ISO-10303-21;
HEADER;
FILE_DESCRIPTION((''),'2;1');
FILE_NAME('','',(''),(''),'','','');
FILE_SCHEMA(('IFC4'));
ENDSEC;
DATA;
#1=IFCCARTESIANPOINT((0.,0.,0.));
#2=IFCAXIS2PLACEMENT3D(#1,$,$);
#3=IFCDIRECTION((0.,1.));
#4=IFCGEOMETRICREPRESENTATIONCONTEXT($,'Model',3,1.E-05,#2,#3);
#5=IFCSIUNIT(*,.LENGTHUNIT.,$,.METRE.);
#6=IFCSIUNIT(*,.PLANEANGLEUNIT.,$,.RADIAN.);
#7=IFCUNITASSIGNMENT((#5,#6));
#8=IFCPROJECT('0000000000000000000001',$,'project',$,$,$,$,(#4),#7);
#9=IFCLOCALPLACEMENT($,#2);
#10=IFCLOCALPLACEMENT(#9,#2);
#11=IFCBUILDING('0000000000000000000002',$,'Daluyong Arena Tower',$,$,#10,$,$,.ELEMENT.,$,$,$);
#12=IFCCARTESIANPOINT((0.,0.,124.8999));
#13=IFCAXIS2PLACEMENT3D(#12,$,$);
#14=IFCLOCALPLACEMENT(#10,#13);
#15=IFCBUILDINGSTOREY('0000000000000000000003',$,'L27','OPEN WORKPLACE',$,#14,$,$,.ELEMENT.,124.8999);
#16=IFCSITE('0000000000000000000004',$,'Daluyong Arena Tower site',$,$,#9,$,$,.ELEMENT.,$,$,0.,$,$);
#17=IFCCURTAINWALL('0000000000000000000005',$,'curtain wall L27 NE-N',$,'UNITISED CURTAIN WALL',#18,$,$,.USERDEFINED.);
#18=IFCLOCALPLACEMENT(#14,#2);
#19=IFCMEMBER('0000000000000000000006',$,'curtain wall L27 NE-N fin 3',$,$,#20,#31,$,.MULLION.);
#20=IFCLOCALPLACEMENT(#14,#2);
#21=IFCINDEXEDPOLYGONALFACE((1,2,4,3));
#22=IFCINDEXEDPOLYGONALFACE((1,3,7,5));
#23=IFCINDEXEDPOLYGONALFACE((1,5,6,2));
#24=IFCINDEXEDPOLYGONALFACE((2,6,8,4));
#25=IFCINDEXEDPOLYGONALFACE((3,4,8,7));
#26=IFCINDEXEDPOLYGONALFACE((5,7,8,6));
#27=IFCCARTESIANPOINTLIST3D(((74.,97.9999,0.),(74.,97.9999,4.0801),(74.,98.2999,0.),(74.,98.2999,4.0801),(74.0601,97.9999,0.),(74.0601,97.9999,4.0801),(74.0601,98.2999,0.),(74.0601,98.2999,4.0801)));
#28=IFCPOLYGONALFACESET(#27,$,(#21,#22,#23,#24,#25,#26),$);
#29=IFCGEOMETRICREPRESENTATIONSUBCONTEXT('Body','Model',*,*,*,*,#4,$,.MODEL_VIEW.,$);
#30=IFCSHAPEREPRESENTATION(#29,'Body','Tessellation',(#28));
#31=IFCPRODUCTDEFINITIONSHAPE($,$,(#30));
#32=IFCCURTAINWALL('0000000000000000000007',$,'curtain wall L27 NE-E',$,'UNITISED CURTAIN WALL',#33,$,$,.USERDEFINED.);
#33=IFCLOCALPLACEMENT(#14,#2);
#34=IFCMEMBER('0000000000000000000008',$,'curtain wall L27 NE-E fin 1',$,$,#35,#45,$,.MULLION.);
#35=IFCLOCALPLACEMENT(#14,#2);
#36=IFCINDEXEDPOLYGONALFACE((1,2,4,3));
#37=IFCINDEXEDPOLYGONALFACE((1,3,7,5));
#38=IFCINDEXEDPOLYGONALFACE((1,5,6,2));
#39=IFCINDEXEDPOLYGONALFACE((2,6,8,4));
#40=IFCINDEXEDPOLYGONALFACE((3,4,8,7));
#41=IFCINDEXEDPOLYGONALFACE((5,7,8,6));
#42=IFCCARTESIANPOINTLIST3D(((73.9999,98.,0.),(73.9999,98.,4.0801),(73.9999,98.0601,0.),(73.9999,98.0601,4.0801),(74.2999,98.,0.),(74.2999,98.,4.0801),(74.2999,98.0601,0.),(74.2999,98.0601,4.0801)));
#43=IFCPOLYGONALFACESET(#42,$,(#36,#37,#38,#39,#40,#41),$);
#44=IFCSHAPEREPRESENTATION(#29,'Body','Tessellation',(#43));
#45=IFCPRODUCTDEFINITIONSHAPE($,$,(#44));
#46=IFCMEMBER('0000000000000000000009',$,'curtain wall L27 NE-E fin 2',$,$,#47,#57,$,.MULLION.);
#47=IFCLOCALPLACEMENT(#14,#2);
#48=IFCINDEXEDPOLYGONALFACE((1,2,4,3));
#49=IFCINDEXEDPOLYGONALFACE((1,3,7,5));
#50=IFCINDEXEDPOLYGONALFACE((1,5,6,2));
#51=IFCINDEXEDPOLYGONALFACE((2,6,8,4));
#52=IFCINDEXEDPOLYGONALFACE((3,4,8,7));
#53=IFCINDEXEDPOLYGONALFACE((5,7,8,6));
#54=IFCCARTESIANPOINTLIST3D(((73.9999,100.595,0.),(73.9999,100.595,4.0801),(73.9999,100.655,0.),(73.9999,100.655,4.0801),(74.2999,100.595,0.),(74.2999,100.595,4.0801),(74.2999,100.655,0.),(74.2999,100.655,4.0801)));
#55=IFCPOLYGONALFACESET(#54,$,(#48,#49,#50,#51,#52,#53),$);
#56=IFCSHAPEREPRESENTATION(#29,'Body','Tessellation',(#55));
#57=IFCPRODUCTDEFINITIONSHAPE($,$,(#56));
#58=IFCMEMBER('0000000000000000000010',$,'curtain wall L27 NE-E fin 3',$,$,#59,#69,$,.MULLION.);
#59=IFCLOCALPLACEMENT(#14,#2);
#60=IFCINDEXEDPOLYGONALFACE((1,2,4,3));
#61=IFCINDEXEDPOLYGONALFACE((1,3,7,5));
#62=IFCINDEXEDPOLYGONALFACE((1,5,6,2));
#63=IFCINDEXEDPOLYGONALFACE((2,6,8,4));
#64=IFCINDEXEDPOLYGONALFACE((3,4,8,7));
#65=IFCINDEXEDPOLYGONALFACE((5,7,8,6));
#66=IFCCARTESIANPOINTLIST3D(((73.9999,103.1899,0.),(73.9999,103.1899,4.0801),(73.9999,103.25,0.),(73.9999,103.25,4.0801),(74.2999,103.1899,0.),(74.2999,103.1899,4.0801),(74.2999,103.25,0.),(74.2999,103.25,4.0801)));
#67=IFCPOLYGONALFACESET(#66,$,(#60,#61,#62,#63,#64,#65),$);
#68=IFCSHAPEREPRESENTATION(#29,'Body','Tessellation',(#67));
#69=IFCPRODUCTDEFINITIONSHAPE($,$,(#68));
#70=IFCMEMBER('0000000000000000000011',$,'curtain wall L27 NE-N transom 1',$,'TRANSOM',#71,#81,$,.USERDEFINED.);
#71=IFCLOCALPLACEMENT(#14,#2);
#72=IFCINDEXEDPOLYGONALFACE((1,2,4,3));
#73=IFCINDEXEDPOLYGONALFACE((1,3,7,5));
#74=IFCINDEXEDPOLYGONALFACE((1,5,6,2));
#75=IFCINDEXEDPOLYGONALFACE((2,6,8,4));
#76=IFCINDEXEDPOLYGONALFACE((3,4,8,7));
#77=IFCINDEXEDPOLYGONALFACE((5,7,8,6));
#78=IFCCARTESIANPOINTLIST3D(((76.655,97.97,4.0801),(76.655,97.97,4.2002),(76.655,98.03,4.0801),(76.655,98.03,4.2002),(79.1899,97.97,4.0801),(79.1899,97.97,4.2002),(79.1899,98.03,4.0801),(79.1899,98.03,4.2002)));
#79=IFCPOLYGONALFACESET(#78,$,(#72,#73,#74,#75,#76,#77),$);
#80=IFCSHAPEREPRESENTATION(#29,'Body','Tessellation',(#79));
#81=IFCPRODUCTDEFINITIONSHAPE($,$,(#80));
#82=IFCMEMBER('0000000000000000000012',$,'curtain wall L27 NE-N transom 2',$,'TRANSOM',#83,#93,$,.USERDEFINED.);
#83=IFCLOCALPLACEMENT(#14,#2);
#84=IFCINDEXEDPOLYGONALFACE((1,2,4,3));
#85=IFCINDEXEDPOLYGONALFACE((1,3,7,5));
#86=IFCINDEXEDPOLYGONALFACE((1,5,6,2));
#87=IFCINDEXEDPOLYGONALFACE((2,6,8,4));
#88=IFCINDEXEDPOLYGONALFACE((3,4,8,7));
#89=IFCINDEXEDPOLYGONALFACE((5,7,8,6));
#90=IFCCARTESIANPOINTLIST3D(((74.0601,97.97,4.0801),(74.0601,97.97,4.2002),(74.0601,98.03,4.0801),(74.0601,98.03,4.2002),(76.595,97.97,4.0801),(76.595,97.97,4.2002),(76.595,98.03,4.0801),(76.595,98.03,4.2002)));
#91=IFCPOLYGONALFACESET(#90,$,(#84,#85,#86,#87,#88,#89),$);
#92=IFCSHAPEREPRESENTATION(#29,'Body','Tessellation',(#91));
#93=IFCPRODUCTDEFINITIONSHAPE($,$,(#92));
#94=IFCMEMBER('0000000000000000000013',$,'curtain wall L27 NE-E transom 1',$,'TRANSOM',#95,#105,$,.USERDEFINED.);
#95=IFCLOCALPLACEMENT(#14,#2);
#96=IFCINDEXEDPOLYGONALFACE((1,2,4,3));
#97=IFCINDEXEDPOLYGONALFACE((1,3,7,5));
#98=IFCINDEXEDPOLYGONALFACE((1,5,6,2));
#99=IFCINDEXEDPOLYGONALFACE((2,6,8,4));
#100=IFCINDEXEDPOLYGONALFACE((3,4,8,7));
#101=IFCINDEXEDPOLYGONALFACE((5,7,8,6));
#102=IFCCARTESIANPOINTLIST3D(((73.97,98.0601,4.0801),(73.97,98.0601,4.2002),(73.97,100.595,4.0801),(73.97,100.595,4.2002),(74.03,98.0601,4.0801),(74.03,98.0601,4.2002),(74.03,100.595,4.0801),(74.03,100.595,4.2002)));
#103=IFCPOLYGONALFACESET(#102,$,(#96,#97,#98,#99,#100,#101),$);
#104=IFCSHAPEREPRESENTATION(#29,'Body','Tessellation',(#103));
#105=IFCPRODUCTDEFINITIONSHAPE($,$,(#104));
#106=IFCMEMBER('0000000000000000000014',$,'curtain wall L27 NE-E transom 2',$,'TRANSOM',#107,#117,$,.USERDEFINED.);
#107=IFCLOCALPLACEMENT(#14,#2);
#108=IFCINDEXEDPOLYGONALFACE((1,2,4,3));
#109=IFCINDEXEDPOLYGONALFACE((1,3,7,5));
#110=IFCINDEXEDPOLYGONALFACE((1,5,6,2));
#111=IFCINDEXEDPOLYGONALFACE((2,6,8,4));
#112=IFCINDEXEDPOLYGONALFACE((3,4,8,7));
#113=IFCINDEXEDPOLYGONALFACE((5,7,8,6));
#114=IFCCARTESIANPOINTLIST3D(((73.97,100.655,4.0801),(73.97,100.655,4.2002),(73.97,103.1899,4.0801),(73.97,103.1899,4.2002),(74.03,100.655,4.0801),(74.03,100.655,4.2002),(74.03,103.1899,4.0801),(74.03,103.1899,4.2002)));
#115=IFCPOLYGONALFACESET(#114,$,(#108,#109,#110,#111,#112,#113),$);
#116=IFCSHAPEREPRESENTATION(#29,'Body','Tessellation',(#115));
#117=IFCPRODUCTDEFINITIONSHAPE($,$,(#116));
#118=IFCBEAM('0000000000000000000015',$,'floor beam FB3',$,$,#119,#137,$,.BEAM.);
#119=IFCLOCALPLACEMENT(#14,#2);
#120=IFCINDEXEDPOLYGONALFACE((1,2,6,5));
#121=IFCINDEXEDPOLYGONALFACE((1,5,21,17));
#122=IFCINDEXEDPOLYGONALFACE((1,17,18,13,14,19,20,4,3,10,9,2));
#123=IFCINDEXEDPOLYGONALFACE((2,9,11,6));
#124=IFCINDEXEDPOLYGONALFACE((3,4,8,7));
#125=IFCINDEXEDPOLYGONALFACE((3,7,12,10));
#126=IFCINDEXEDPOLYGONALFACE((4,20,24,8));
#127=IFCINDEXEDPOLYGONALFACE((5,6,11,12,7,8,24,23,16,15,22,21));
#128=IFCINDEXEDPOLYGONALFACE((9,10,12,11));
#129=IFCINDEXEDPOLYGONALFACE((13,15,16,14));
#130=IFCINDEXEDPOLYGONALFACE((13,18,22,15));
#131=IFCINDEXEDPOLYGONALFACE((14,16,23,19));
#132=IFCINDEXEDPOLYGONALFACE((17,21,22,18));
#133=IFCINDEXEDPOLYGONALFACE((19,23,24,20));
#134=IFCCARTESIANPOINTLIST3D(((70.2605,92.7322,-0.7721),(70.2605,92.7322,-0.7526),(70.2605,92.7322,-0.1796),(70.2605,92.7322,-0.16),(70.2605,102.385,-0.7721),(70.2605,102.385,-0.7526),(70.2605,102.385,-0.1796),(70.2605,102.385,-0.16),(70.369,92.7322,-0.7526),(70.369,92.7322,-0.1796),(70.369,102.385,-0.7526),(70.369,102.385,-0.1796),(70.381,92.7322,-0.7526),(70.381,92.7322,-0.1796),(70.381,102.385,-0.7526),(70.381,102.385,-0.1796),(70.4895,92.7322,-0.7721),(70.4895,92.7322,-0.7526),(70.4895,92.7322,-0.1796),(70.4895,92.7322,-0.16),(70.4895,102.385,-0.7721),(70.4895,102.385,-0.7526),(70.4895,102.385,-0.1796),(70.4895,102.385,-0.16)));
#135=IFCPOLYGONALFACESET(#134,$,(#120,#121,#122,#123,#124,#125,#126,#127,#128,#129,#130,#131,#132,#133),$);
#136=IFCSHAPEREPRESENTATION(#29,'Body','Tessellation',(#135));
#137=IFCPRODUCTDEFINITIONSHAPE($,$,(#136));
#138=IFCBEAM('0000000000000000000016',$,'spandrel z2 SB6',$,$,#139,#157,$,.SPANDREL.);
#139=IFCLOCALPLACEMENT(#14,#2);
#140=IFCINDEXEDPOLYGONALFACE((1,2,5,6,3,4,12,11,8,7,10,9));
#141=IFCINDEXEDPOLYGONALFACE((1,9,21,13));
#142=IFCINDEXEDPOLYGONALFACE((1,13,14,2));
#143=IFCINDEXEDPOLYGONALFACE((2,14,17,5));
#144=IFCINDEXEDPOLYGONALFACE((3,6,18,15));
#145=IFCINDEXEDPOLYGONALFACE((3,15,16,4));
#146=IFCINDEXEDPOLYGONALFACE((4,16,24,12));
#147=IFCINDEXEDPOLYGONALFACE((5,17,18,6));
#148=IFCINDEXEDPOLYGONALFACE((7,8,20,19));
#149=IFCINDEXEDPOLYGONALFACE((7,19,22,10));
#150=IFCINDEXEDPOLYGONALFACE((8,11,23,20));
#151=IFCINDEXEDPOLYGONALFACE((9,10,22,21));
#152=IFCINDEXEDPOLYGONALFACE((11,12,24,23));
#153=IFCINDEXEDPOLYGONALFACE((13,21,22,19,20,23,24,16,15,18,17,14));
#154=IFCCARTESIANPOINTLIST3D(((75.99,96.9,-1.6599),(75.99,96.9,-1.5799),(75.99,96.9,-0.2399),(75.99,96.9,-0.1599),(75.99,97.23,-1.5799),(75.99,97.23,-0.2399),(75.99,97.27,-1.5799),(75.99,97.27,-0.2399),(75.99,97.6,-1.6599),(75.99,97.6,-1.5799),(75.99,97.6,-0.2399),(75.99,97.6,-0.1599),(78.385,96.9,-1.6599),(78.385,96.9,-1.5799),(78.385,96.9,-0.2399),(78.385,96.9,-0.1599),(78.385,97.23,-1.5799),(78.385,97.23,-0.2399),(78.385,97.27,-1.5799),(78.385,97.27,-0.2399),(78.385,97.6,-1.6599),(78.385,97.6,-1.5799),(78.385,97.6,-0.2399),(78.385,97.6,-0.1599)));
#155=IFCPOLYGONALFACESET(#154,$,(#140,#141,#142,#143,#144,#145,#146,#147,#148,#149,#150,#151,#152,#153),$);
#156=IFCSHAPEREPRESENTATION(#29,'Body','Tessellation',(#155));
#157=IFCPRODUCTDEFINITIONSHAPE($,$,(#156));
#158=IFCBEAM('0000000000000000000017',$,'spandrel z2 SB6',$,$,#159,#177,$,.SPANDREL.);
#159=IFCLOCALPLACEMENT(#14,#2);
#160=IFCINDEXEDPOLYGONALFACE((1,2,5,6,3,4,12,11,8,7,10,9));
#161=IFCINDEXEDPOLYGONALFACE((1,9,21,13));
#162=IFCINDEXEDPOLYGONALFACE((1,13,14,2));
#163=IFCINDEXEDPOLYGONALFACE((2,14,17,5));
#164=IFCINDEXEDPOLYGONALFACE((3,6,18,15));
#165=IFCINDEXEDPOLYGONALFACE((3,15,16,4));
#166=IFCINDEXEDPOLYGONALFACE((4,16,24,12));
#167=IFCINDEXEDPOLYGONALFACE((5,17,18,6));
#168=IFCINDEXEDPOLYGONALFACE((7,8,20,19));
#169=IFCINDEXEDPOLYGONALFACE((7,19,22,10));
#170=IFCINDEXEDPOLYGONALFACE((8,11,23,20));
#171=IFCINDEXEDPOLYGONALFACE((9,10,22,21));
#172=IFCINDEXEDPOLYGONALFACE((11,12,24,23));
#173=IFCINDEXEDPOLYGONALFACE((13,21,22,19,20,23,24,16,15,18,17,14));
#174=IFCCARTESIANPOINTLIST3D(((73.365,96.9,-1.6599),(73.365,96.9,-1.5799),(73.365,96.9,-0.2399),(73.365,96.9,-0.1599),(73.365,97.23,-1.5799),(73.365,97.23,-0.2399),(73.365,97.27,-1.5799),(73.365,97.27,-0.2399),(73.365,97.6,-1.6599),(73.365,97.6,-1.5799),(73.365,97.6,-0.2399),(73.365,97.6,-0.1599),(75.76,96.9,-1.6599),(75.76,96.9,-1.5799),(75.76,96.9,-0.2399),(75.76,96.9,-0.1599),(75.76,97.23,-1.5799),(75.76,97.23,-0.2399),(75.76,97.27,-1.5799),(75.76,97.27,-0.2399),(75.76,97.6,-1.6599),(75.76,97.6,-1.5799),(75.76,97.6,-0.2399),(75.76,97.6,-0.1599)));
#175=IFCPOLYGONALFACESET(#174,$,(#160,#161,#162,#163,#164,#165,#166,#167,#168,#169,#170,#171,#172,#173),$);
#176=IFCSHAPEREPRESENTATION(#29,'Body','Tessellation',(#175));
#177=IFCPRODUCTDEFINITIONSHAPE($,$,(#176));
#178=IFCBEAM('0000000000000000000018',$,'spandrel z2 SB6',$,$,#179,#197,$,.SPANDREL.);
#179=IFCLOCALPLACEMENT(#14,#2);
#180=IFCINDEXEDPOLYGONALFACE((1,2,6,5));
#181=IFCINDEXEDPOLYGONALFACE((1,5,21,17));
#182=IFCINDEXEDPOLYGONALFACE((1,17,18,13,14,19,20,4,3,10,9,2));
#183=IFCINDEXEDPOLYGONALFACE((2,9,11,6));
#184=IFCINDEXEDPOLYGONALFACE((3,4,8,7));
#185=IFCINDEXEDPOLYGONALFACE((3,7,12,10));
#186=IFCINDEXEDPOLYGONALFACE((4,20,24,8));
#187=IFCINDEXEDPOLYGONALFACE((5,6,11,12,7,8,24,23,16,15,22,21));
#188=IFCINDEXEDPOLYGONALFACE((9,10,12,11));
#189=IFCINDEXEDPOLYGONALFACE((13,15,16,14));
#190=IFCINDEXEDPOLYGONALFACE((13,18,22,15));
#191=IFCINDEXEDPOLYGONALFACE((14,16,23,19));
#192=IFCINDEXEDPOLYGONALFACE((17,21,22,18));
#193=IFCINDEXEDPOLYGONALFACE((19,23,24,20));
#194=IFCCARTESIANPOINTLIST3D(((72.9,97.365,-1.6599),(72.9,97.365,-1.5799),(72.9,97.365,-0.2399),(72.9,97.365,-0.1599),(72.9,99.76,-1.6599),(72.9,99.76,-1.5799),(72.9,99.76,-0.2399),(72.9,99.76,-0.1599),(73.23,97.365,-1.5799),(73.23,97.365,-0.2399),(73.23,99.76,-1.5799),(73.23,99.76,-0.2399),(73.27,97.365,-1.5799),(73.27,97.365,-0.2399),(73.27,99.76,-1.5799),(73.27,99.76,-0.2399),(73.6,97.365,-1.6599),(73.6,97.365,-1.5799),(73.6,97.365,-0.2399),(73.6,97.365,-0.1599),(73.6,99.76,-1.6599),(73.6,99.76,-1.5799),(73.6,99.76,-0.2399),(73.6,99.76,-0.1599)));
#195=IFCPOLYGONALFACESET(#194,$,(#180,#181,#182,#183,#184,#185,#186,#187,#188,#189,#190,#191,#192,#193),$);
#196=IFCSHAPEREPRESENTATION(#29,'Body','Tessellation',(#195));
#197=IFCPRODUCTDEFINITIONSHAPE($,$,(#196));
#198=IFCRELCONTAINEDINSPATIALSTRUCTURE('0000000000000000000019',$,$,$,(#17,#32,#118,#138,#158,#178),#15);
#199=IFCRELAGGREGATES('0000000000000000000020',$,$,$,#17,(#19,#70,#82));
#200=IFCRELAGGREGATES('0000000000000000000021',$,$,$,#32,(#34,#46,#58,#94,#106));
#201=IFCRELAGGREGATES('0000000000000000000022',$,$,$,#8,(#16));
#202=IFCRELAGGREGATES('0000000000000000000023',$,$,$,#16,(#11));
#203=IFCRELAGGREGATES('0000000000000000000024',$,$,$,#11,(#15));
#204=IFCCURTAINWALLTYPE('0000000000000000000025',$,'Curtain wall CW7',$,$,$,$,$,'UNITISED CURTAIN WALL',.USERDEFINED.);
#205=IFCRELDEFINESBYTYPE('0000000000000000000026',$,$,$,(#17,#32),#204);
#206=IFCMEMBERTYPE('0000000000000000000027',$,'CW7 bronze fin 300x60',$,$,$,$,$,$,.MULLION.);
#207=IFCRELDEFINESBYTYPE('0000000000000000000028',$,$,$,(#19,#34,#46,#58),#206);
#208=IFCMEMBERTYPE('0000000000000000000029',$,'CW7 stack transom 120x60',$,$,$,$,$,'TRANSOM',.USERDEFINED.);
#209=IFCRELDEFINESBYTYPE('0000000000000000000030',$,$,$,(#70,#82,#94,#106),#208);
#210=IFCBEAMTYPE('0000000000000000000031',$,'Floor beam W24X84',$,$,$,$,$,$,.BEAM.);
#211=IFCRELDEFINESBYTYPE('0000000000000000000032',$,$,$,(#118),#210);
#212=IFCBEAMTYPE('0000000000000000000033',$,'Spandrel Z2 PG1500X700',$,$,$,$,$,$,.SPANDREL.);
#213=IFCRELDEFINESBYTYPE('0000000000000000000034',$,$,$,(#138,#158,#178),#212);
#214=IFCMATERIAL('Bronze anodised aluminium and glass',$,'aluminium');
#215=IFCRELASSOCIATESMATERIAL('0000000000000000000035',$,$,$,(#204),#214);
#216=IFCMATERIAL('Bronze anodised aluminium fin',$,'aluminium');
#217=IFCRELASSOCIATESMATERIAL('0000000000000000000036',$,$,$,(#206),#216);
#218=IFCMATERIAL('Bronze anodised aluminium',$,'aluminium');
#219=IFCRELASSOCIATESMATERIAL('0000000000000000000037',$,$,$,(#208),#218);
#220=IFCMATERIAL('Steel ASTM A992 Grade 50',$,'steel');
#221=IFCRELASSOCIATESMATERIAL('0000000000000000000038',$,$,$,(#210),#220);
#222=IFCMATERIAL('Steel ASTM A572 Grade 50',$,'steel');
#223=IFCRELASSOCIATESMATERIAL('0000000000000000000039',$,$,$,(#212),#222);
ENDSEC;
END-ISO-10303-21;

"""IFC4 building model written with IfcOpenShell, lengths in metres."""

from ifc_helpers import new_model, si_unit, direction, frame, origin, origin_2d, place, context, subcontext, project, spatial, rectangle, i_section, extrude, material, material_profile, profile_set, type_object, element, aggregate, save


model = new_model("IFC4")

# Units and contexts
model_context = context("Model", 3, precision=1e-05, world=origin(), true_north=direction((0.0, 1.0)))
body_context = subcontext(model_context, "Body", "Model", "MODEL_VIEW")
ifc_project = project(units=[si_unit("LENGTHUNIT", "METRE"), si_unit("PLANEANGLEUNIT", "RADIAN")], contexts=[model_context])

# Site, building, storey
site_placement = place(None, origin())
site = spatial("IfcSite", under=ifc_project, at=site_placement, Name="Daluyong Arena Tower site", CompositionType="ELEMENT", RefElevation=0.0)
building_placement = place(site_placement, origin())
building = spatial("IfcBuilding", under=site, at=building_placement, Name="Daluyong Arena Tower", CompositionType="ELEMENT")
storey_placement = place(building_placement, frame((0.0, 0.0, 124.8999)))
storey = spatial("IfcBuildingStorey", under=building, at=storey_placement, Name="L27", Description="OPEN WORKPLACE", CompositionType="ELEMENT", Elevation=124.8999)

# Curtain walls, members
ifc_material_1 = material(Name="Bronze anodised aluminium and glass", Category="aluminium")
curtain_wall_type_1 = type_object("IfcCurtainWallType", Name="Curtain wall CW7", ElementType="UNITISED CURTAIN WALL", PredefinedType="USERDEFINED", material=ifc_material_1)
curtain_wall_1_placement = place(storey_placement, origin())
curtain_wall_1 = element("IfcCurtainWall", 1, at=curtain_wall_1_placement, inside=storey, type_object=curtain_wall_type_1, Name="curtain wall L27 NE-N", ObjectType="UNITISED CURTAIN WALL", PredefinedType="USERDEFINED")
ifc_material_2 = material(Name="Bronze anodised aluminium fin", Category="aluminium")
ifc_material_profile_1 = material_profile(ifc_material_2, rectangle(XDim=0.3, YDim=0.0601, at=origin_2d()))
ifc_profile_set_1 = profile_set([ifc_material_profile_1], Name="Bronze anodised aluminium fin")
member_type_1 = type_object("IfcMemberType", Name="CW7 bronze fin 300x60", PredefinedType="MULLION", material=ifc_profile_set_1)
member_1_placement = place(storey_placement, frame((74.03, 98.1499, 0.0), z_axis=(0.0, 0.0, 1.0), x_axis=(0.0, -1.0, 0.0)))
member_1 = element("IfcMember", 2, at=member_1_placement, type_object=member_type_1, Name="curtain wall L27 NE-N fin 3", PredefinedType="MULLION", context=body_context, shape_type="SweptSolid", body=[
    extrude(rectangle(XDim=0.3, YDim=0.0601, at=origin_2d()), origin(), (0.0, 0.0, 1.0), 4.0801),
])
curtain_wall_2_placement = place(storey_placement, origin())
curtain_wall_2 = element("IfcCurtainWall", 3, at=curtain_wall_2_placement, inside=storey, type_object=curtain_wall_type_1, Name="curtain wall L27 NE-E", ObjectType="UNITISED CURTAIN WALL", PredefinedType="USERDEFINED")
member_2_placement = place(storey_placement, frame((74.1499, 98.03, 0.0), z_axis=(0.0, 0.0, 1.0), x_axis=(-1.0, 0.0, 0.0)))
member_2 = element("IfcMember", 4, at=member_2_placement, type_object=member_type_1, Name="curtain wall L27 NE-E fin 1", PredefinedType="MULLION", context=body_context, shape_type="SweptSolid", body=[
    extrude(rectangle(XDim=0.3, YDim=0.0601, at=origin_2d()), origin(), (0.0, 0.0, 1.0), 4.0801),
])
member_3_placement = place(storey_placement, frame((74.1499, 100.625, 0.0), z_axis=(0.0, 0.0, 1.0), x_axis=(-1.0, 0.0, 0.0)))
member_3 = element("IfcMember", 5, at=member_3_placement, type_object=member_type_1, Name="curtain wall L27 NE-E fin 2", PredefinedType="MULLION", context=body_context, shape_type="SweptSolid", body=[
    extrude(rectangle(XDim=0.3, YDim=0.0601, at=origin_2d()), origin(), (0.0, 0.0, 1.0), 4.0801),
])
member_4_placement = place(storey_placement, frame((74.1499, 103.22, 0.0), z_axis=(0.0, 0.0, 1.0), x_axis=(-1.0, 0.0, 0.0)))
member_4 = element("IfcMember", 6, at=member_4_placement, type_object=member_type_1, Name="curtain wall L27 NE-E fin 3", PredefinedType="MULLION", context=body_context, shape_type="SweptSolid", body=[
    extrude(rectangle(XDim=0.3, YDim=0.0601, at=origin_2d()), origin(), (0.0, 0.0, 1.0), 4.0801),
])

# Members
ifc_material_3 = material(Name="Bronze anodised aluminium", Category="aluminium")
ifc_material_profile_2 = material_profile(ifc_material_3, rectangle(XDim=0.0601, YDim=0.1201, at=origin_2d()))
ifc_profile_set_2 = profile_set([ifc_material_profile_2], Name="Bronze anodised aluminium")
member_type_2 = type_object("IfcMemberType", Name="CW7 stack transom 120x60", ElementType="TRANSOM", PredefinedType="USERDEFINED", material=ifc_profile_set_2)
member_5_placement = place(storey_placement, frame((79.1899, 98.0, 4.1401), z_axis=(-1.0, 0.0, 0.0), x_axis=(0.0, -1.0, 0.0)))
member_5 = element("IfcMember", 7, at=member_5_placement, type_object=member_type_2, Name="curtain wall L27 NE-N transom 1", ObjectType="TRANSOM", PredefinedType="USERDEFINED", context=body_context, shape_type="SweptSolid", body=[
    extrude(rectangle(XDim=0.0601, YDim=0.1201, at=origin_2d()), origin(), (0.0, 0.0, 1.0), 2.5349),
])
member_6_placement = place(storey_placement, frame((76.595, 98.0, 4.1401), z_axis=(-1.0, 0.0, 0.0), x_axis=(0.0, -1.0, 0.0)))
member_6 = element("IfcMember", 8, at=member_6_placement, type_object=member_type_2, Name="curtain wall L27 NE-N transom 2", ObjectType="TRANSOM", PredefinedType="USERDEFINED", context=body_context, shape_type="SweptSolid", body=[
    extrude(rectangle(XDim=0.0601, YDim=0.1201, at=origin_2d()), origin(), (0.0, 0.0, 1.0), 2.5349),
])
member_7_placement = place(storey_placement, frame((74.0, 98.0601, 4.1401), z_axis=(0.0, 1.0, 0.0), x_axis=(-1.0, 0.0, 0.0)))
member_7 = element("IfcMember", 9, at=member_7_placement, type_object=member_type_2, Name="curtain wall L27 NE-E transom 1", ObjectType="TRANSOM", PredefinedType="USERDEFINED", context=body_context, shape_type="SweptSolid", body=[
    extrude(rectangle(XDim=0.0601, YDim=0.1201, at=origin_2d()), origin(), (0.0, 0.0, 1.0), 2.5349),
])
member_8_placement = place(storey_placement, frame((74.0, 100.655, 4.1401), z_axis=(0.0, 1.0, 0.0), x_axis=(-1.0, 0.0, 0.0)))
member_8 = element("IfcMember", 10, at=member_8_placement, type_object=member_type_2, Name="curtain wall L27 NE-E transom 2", ObjectType="TRANSOM", PredefinedType="USERDEFINED", context=body_context, shape_type="SweptSolid", body=[
    extrude(rectangle(XDim=0.0601, YDim=0.1201, at=origin_2d()), origin(), (0.0, 0.0, 1.0), 2.5349),
])

# Beams
ifc_material_4 = material(Name="Steel ASTM A992 Grade 50", Category="steel")
ifc_material_profile_3 = material_profile(ifc_material_4, i_section(OverallWidth=0.229, OverallDepth=0.6121, WebThickness=0.012, FlangeThickness=0.0195, at=origin_2d()))
ifc_profile_set_3 = profile_set([ifc_material_profile_3], Name="Steel ASTM A992 Grade 50")
beam_type_1 = type_object("IfcBeamType", Name="Floor beam W24X84", PredefinedType="BEAM", material=ifc_profile_set_3)
beam_1_placement = place(storey_placement, frame((70.375, 102.385, -0.4661), z_axis=(0.0, -1.0, 0.0), x_axis=(1.0, 0.0, 0.0)))
element("IfcBeam", 11, at=beam_1_placement, inside=storey, type_object=beam_type_1, Name="floor beam FB3", PredefinedType="BEAM", context=body_context, shape_type="SweptSolid", body=[
    extrude(i_section(OverallWidth=0.229, OverallDepth=0.6121, WebThickness=0.012, FlangeThickness=0.0195, at=origin_2d()), origin(), (0.0, 0.0, 1.0), 9.6528),
])
ifc_material_5 = material(Name="Steel ASTM A572 Grade 50", Category="steel")
ifc_material_profile_4 = material_profile(ifc_material_5, i_section(OverallWidth=0.7, OverallDepth=1.5, WebThickness=0.04, FlangeThickness=0.08, at=origin_2d()))
ifc_profile_set_4 = profile_set([ifc_material_profile_4], Name="Steel ASTM A572 Grade 50")
beam_type_2 = type_object("IfcBeamType", Name="Spandrel Z2 PG1500X700", PredefinedType="SPANDREL", material=ifc_profile_set_4)
for number, where, z_axis, x_axis, name in (
    (12, (78.385, 97.25, -0.9099), (-1.0, 0.0, 0.0), (0.0, -1.0, 0.0), "spandrel z2 SB6"),
    (13, (75.76, 97.25, -0.9099), (-1.0, 0.0, 0.0), (0.0, -1.0, 0.0), "spandrel z2 SB6"),
    (14, (73.25, 97.365, -0.9099), (0.0, 1.0, 0.0), (-1.0, 0.0, 0.0), "spandrel z2 SB6"),
):
    element("IfcBeam", number, at=place(storey_placement, frame(where, z_axis=z_axis, x_axis=x_axis)), inside=storey, type_object=beam_type_2, Name=name, PredefinedType="SPANDREL", context=body_context, shape_type="SweptSolid", body=[
        extrude(i_section(OverallWidth=0.7, OverallDepth=1.5, WebThickness=0.04, FlangeThickness=0.08, at=origin_2d()), origin(), (0.0, 0.0, 1.0), 2.395),
    ])

aggregate(curtain_wall_1, [member_1, member_5, member_6])
aggregate(curtain_wall_2, [member_2, member_3, member_4, member_7, member_8])

save(model, "model.ifc")
